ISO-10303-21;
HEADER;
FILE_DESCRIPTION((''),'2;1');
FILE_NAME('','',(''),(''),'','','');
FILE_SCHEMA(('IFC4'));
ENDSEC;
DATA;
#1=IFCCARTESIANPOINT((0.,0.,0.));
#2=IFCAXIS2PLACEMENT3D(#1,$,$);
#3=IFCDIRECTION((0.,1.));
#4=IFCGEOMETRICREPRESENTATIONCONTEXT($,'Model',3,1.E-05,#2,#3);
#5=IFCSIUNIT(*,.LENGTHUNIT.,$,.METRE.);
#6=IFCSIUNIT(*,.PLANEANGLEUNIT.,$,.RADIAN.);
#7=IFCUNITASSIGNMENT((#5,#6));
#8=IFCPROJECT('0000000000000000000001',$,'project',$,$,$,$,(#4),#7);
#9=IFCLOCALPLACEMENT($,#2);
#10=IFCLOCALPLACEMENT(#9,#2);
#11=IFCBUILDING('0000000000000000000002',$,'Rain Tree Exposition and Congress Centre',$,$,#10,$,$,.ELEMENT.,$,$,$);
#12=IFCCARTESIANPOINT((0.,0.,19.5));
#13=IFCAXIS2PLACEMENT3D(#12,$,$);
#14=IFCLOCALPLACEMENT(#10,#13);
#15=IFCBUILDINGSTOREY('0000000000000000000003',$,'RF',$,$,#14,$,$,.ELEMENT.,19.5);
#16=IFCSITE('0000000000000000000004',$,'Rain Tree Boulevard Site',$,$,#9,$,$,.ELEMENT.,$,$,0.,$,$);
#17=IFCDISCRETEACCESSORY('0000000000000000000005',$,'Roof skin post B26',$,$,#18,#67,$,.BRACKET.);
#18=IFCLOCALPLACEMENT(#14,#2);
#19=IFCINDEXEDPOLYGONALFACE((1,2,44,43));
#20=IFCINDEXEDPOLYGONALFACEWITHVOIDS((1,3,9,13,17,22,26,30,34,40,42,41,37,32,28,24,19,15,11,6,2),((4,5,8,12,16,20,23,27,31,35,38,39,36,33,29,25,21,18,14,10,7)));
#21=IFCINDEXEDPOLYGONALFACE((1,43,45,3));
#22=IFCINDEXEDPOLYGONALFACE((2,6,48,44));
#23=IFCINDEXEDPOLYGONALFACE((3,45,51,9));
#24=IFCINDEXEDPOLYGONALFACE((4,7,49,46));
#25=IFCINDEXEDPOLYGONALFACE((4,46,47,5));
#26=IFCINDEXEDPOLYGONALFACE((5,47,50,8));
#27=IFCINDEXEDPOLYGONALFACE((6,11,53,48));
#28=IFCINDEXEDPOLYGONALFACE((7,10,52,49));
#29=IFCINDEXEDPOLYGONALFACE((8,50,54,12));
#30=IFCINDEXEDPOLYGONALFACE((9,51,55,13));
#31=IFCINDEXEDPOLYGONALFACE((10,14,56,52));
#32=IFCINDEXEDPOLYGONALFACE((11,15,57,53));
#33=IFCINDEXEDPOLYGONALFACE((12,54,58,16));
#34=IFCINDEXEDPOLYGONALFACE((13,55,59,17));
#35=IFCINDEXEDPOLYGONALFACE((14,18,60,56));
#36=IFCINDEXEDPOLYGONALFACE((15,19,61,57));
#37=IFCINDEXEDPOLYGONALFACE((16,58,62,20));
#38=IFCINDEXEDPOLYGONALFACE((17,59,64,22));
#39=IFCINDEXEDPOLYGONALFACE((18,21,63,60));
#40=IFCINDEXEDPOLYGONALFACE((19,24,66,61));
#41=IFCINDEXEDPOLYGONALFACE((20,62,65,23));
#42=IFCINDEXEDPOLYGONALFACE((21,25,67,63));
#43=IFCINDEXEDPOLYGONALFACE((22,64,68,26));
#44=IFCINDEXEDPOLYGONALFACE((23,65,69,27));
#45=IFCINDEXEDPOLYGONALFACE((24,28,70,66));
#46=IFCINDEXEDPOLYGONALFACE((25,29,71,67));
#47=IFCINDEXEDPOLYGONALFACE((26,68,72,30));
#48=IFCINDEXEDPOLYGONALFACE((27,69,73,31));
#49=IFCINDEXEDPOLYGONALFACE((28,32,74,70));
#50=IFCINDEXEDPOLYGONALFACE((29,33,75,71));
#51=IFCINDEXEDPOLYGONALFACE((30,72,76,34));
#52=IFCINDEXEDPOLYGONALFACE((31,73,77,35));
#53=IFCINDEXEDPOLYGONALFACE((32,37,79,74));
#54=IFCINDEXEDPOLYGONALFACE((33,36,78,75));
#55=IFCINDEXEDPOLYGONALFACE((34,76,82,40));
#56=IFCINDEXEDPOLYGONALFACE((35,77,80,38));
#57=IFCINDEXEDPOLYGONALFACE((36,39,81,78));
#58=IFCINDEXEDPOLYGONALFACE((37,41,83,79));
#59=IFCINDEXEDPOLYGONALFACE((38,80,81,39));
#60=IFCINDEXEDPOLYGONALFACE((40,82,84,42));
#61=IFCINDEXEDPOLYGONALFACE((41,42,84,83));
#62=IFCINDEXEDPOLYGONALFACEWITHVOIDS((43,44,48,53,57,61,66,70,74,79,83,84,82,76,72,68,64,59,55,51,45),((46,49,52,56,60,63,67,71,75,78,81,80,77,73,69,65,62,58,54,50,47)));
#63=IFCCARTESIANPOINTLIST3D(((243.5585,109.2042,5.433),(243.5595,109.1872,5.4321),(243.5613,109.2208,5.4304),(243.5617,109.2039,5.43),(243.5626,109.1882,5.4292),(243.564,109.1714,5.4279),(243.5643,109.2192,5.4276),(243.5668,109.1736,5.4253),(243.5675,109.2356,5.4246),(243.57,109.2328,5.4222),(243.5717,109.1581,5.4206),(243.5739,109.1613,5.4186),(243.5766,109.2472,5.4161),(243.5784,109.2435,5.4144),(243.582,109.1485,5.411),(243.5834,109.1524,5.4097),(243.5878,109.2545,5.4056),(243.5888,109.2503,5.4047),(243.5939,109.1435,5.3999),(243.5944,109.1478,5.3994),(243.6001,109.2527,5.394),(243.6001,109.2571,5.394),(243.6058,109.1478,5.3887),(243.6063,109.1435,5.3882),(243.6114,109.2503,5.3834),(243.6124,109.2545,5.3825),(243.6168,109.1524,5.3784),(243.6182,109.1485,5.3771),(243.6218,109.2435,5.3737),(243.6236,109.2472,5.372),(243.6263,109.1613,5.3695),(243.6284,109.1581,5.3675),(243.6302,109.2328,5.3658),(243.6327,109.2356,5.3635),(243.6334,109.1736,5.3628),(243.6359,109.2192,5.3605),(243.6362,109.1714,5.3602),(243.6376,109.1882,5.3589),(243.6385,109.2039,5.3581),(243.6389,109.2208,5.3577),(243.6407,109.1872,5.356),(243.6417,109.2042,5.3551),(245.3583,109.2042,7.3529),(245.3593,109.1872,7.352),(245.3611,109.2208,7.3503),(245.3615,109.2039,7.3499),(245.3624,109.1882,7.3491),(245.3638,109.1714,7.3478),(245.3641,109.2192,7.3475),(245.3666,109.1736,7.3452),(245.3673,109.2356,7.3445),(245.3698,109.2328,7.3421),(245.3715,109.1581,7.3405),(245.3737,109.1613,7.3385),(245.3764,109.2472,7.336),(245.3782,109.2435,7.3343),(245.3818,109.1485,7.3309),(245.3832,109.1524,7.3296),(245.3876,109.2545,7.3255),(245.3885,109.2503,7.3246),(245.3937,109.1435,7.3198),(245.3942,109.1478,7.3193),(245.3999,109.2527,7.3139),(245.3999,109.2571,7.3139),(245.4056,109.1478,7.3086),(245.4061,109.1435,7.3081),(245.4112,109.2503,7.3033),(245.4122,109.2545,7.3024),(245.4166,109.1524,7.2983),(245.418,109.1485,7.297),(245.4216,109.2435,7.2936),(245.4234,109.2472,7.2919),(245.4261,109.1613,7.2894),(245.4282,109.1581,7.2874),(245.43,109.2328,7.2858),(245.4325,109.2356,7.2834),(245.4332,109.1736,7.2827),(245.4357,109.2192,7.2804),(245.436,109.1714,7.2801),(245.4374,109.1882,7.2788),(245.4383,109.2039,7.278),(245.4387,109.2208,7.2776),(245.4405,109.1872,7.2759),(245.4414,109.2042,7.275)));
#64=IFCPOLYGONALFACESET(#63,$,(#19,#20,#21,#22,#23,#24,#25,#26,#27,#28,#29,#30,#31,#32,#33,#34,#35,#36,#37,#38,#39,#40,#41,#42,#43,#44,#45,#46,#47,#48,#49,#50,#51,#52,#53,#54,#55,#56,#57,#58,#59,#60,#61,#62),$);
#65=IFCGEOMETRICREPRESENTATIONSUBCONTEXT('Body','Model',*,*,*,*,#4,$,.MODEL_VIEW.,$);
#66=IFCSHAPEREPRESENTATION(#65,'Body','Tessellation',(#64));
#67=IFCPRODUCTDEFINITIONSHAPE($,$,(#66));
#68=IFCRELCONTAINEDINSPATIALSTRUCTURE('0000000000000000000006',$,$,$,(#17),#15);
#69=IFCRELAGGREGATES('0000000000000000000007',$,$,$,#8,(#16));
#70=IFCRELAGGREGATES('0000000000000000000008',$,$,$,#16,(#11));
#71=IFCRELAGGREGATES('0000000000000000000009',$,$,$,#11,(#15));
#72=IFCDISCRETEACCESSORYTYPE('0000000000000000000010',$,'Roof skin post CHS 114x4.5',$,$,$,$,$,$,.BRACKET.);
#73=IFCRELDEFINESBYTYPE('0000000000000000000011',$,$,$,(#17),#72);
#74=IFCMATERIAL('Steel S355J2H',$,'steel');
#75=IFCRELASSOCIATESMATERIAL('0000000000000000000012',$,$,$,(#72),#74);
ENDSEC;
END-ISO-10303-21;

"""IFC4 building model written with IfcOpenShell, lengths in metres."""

from ifc_helpers import new_model, si_unit, direction, frame, origin, origin_2d, place, context, subcontext, project, spatial, hollow_circle, extrude, material, material_profile, profile_set, type_object, element, save


model = new_model("IFC4")

# Units and contexts
model_context = context("Model", 3, precision=1e-05, world=origin(), true_north=direction((0.0, 1.0)))
body_context = subcontext(model_context, "Body", "Model", "MODEL_VIEW")
ifc_project = project(units=[si_unit("LENGTHUNIT", "METRE"), si_unit("PLANEANGLEUNIT", "RADIAN")], contexts=[model_context])

# Site, building, storey
site_placement = place(None, origin())
site = spatial("IfcSite", under=ifc_project, at=site_placement, Name="Rain Tree Boulevard Site", CompositionType="ELEMENT", RefElevation=0.0)
building_placement = place(site_placement, origin())
building = spatial("IfcBuilding", under=site, at=building_placement, Name="Rain Tree Exposition and Congress Centre", CompositionType="ELEMENT")
storey_placement = place(building_placement, frame((0.0, 0.0, 19.5)))
storey = spatial("IfcBuildingStorey", under=building, at=storey_placement, Name="RF", CompositionType="ELEMENT", Elevation=19.5)

# Discrete accessory
ifc_material_1 = material(Name="Steel S355J2H", Category="steel")
ifc_material_profile_1 = material_profile(ifc_material_1, hollow_circle(Radius=0.0571, WallThickness=0.0044, at=origin_2d()), Name="CHS 114x4.5")
ifc_profile_set_1 = profile_set([ifc_material_profile_1], Name="Steel S355J2H")
discrete_accessory_type_1 = type_object("IfcDiscreteAccessoryType", Name="Roof skin post CHS 114x4.5", PredefinedType="BRACKET", material=ifc_profile_set_1)
discrete_accessory_1_placement = place(storey_placement, frame((243.6001, 109.2, 5.394), z_axis=(0.683916, 0.0, 0.72956), x_axis=(0.0, 1.0, 0.0)))
element("IfcDiscreteAccessory", 1, at=discrete_accessory_1_placement, inside=storey, type_object=discrete_accessory_type_1, Name="Roof skin post B26", PredefinedType="BRACKET", context=body_context, shape_type="SweptSolid", body=[
    extrude(hollow_circle(Radius=0.0571, WallThickness=0.0044, at=origin_2d()), origin(), (0.0, 0.0, 1.0), 2.6316),
])

save(model, "model.ifc")
